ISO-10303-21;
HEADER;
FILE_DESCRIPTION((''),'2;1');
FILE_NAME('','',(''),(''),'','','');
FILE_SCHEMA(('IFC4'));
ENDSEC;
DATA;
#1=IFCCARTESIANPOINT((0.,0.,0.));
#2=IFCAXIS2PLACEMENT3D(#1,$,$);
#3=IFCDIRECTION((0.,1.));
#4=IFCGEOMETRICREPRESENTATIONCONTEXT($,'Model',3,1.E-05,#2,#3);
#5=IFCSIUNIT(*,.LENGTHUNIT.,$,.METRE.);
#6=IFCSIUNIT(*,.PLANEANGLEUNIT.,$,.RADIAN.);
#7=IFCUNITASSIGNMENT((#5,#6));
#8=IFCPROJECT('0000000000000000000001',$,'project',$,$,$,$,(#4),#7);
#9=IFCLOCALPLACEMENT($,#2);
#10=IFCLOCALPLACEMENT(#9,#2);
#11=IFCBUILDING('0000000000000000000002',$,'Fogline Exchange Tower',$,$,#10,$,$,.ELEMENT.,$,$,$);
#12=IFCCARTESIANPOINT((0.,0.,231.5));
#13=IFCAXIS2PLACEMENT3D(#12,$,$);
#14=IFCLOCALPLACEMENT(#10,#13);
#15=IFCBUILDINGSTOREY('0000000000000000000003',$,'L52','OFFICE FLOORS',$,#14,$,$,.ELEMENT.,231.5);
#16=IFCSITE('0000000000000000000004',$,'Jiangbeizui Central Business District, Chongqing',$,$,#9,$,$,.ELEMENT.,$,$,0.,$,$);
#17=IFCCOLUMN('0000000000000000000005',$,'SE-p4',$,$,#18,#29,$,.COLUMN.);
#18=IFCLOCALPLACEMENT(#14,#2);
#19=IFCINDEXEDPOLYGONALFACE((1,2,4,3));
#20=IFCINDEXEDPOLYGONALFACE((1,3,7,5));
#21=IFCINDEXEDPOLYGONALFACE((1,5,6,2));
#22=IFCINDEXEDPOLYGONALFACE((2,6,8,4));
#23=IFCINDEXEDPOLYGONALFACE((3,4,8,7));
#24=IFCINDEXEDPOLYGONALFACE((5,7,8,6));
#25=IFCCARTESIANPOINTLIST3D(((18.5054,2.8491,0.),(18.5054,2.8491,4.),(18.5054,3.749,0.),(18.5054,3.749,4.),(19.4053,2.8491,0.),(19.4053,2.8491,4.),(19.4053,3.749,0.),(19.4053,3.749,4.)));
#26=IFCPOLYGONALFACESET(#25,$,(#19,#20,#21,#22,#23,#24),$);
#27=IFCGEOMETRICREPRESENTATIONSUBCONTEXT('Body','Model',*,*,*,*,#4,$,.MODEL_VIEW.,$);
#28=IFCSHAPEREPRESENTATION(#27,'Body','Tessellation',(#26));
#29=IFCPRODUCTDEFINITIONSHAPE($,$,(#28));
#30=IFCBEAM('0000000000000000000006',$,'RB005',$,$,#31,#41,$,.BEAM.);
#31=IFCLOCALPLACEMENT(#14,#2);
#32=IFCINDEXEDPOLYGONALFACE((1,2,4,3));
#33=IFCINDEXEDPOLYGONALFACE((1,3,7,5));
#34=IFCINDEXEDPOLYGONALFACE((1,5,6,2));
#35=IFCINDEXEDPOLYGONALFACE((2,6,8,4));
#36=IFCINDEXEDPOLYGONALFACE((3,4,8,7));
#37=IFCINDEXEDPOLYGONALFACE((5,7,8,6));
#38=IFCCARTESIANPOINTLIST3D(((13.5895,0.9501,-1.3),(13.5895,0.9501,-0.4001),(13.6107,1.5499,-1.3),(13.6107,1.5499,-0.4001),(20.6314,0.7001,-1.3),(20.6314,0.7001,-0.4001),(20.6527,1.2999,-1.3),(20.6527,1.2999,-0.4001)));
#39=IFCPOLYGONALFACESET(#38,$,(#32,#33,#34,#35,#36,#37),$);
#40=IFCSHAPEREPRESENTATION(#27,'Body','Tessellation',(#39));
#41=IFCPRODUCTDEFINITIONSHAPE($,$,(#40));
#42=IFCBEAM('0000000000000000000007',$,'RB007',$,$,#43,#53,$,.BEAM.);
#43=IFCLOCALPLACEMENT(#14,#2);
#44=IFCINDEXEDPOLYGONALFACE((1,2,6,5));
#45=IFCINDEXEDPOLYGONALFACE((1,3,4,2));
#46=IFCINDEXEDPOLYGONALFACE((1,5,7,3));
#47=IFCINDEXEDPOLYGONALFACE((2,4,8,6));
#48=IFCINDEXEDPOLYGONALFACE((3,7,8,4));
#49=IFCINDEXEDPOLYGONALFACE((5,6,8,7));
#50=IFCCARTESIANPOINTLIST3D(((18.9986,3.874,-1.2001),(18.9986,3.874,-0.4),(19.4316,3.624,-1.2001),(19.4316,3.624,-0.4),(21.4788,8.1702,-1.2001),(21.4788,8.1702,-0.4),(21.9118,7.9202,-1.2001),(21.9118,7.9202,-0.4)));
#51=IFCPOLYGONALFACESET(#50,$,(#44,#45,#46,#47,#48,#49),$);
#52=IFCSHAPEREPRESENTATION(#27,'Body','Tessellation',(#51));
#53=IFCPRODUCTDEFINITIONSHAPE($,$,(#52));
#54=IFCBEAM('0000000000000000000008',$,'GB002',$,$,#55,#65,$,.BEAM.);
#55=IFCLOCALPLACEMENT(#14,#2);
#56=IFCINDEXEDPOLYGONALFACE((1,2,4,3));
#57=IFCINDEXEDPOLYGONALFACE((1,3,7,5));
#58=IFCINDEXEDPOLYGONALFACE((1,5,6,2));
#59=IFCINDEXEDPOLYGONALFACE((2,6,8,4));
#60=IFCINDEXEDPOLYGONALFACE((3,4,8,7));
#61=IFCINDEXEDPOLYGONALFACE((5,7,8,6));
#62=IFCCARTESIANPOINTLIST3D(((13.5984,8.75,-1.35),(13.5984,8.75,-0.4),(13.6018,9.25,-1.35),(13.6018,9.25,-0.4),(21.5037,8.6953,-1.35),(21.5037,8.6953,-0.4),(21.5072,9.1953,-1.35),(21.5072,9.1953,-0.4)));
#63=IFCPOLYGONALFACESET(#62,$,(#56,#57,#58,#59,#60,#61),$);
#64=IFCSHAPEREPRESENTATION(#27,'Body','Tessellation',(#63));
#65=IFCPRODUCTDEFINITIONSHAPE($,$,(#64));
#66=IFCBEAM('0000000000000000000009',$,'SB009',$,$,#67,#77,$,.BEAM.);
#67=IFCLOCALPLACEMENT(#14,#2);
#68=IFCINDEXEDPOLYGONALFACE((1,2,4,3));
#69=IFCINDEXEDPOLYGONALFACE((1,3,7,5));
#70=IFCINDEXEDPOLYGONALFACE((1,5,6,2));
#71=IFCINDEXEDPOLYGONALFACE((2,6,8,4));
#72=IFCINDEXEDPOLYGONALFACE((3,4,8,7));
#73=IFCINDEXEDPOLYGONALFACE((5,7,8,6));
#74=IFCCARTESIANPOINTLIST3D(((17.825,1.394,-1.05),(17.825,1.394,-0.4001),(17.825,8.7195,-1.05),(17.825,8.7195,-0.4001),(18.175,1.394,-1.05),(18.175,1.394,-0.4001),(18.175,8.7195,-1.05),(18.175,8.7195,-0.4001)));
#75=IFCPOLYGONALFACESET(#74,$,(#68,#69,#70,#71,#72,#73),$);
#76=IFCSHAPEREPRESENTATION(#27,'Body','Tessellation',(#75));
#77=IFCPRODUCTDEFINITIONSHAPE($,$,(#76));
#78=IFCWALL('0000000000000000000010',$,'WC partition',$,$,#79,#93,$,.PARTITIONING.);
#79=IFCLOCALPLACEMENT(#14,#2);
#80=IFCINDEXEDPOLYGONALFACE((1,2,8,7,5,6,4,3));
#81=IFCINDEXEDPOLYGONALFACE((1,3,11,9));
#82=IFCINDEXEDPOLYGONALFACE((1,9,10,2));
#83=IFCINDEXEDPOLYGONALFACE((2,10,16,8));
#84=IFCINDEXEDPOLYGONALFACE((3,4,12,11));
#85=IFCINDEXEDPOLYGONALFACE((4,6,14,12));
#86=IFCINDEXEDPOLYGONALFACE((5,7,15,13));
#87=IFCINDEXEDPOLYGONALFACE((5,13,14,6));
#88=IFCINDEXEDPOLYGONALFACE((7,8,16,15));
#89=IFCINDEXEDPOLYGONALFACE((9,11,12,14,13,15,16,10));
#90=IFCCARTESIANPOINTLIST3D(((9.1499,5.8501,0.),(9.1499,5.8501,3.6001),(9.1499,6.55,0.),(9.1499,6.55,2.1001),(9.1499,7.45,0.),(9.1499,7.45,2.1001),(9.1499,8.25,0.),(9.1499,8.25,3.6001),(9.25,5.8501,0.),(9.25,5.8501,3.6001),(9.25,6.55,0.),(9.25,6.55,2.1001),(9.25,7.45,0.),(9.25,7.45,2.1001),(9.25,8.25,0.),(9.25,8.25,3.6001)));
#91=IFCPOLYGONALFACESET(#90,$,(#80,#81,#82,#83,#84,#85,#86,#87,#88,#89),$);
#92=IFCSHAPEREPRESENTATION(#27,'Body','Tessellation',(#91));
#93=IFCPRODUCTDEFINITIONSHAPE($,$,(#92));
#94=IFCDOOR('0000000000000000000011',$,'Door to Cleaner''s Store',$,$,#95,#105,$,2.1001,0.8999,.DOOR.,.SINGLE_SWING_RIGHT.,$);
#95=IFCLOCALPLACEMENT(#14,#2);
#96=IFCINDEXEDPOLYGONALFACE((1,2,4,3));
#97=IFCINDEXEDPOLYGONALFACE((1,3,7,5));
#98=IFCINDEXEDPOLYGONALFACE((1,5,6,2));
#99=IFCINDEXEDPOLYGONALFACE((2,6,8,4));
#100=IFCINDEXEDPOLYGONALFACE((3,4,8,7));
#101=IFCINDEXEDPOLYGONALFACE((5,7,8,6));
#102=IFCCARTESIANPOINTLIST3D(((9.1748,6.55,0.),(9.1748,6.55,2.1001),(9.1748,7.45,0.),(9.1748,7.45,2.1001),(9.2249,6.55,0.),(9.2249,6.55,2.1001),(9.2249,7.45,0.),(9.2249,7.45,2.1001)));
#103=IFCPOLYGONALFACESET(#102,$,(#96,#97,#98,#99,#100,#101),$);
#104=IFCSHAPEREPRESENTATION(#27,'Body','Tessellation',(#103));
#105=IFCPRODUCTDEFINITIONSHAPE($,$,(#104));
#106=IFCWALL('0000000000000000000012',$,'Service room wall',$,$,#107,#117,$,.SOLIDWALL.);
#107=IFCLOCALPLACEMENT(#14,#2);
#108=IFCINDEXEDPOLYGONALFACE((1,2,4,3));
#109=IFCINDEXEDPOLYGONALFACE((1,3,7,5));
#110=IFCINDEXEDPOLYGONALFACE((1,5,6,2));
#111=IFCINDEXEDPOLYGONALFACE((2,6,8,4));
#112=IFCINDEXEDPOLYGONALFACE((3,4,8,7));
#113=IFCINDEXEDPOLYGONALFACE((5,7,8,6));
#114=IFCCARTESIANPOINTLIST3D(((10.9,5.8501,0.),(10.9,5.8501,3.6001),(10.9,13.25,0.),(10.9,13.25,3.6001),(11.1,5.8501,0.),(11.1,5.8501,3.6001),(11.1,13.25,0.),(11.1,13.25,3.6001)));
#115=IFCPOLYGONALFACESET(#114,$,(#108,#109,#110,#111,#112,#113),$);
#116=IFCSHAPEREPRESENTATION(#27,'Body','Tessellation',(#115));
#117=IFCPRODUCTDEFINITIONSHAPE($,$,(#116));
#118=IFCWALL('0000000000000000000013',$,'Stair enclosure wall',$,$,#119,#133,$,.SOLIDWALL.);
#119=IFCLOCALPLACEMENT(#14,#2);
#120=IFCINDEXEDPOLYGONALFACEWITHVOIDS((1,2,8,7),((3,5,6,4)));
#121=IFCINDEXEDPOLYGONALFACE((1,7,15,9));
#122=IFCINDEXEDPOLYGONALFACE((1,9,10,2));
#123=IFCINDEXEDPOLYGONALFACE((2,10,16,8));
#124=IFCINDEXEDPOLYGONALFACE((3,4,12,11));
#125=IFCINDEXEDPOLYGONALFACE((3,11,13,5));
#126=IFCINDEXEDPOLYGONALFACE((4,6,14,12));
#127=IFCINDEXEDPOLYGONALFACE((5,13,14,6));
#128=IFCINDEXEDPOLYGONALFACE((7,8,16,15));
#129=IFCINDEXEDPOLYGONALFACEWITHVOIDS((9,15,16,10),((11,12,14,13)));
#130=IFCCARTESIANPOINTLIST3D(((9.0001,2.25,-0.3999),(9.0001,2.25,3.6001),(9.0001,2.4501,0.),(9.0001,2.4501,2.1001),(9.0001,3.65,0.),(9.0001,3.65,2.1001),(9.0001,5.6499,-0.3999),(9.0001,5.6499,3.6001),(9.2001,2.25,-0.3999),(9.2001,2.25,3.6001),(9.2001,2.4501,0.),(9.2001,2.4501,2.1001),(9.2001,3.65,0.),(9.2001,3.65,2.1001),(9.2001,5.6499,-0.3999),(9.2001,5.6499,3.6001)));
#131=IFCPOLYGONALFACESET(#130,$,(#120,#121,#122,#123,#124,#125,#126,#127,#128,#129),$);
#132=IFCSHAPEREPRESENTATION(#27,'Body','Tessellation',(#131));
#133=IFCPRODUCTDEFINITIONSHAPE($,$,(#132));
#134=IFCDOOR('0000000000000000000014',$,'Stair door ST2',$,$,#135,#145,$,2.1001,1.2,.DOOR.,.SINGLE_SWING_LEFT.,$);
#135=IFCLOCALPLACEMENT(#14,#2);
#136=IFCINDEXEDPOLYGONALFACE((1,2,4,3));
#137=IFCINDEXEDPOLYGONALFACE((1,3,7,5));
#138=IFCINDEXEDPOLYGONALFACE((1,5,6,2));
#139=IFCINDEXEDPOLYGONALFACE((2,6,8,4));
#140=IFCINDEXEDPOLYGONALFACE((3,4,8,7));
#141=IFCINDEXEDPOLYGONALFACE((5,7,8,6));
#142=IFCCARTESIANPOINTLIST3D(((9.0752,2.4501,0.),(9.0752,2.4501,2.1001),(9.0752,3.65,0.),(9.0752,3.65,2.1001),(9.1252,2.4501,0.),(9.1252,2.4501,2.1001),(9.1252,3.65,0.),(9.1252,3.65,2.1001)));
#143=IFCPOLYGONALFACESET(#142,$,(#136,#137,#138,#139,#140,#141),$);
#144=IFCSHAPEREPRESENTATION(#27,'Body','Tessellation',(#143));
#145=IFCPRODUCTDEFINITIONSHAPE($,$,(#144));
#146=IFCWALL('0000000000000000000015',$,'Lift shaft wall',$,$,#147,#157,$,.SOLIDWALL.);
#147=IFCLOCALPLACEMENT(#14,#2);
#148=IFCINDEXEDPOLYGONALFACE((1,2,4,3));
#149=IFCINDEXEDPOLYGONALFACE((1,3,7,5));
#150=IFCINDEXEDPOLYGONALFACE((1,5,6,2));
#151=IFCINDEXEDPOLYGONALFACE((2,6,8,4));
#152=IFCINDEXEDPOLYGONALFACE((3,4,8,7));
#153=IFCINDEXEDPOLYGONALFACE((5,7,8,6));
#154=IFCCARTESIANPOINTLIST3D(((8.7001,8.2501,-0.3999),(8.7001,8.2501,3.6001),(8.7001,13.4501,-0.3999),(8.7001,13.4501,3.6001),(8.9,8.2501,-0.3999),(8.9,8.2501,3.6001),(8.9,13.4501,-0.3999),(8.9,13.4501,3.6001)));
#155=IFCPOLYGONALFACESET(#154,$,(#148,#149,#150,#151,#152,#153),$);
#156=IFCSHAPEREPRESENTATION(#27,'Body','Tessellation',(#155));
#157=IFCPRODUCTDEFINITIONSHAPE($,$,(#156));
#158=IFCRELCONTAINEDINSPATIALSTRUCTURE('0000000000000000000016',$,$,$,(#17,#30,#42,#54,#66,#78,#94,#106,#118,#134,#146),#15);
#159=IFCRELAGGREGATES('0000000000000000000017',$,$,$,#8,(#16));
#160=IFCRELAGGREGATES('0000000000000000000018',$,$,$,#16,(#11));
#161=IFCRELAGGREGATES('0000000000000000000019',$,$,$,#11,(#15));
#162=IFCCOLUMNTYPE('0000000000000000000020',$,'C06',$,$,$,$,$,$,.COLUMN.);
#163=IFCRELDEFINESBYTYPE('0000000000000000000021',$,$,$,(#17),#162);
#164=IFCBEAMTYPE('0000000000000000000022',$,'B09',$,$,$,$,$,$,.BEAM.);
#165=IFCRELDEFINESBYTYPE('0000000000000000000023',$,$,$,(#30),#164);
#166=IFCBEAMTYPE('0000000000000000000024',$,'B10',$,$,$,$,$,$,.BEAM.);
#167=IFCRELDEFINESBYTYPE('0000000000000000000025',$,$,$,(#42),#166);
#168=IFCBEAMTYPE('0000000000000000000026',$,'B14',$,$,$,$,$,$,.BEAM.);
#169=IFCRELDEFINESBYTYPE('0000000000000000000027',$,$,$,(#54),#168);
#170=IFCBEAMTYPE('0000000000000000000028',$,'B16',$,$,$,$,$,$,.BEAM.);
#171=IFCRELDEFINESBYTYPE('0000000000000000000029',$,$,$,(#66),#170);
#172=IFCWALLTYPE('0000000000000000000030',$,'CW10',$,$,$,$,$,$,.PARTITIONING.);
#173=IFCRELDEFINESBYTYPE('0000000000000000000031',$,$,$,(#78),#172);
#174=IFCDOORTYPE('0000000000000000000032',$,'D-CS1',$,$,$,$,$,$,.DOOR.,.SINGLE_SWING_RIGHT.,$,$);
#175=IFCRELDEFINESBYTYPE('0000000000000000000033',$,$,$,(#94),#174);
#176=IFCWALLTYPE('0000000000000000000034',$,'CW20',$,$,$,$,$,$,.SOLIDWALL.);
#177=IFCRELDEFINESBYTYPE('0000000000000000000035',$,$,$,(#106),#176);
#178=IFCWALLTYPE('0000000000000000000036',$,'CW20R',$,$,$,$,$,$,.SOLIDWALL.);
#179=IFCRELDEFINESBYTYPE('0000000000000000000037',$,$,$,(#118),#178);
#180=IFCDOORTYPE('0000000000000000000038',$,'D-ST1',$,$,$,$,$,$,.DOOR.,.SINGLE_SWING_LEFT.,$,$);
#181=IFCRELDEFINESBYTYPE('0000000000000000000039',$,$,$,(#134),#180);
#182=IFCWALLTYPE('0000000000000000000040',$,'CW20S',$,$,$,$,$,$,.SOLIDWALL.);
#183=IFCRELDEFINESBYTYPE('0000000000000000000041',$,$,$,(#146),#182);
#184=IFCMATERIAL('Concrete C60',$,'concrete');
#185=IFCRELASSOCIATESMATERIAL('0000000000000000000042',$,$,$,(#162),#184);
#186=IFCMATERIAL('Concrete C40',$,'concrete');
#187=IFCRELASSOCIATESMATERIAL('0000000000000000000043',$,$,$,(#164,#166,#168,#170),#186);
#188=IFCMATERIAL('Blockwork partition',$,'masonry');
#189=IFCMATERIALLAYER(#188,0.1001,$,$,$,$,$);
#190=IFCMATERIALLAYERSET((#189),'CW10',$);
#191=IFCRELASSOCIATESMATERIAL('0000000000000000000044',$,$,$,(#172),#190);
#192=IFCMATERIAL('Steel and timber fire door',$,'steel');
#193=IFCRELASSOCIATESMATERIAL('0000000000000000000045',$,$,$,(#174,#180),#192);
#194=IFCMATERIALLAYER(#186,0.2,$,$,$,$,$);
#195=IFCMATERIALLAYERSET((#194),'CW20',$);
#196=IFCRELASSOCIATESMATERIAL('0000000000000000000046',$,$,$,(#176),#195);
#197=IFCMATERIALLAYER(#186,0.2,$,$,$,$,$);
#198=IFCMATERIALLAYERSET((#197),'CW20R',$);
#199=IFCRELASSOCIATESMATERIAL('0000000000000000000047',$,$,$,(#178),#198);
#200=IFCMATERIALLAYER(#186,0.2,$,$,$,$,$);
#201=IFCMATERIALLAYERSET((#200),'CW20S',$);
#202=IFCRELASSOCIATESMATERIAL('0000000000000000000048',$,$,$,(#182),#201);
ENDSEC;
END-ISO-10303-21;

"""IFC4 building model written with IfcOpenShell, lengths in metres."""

from ifc_helpers import new_model, si_unit, direction, frame, frame_2d, origin, origin_2d, place, context, subcontext, project, spatial, rectangle, extrude, material, layer, layer_set, material_profile, profile_set, type_object, element, fill, save


model = new_model("IFC4")

# Units and contexts
model_context = context("Model", 3, precision=1e-05, world=origin(), true_north=direction((0.0, 1.0)))
body_context = subcontext(model_context, "Body", "Model", "MODEL_VIEW")
ifc_project = project(units=[si_unit("LENGTHUNIT", "METRE"), si_unit("PLANEANGLEUNIT", "RADIAN")], contexts=[model_context])

# Site, building, storey
site_placement = place(None, origin())
site = spatial("IfcSite", under=ifc_project, at=site_placement, Name="Jiangbeizui Central Business District, Chongqing", CompositionType="ELEMENT", RefElevation=0.0)
building_placement = place(site_placement, origin())
building = spatial("IfcBuilding", under=site, at=building_placement, Name="Fogline Exchange Tower", CompositionType="ELEMENT")
storey_placement = place(building_placement, frame((0.0, 0.0, 231.5)))
storey = spatial("IfcBuildingStorey", under=building, at=storey_placement, Name="L52", Description="OFFICE FLOORS", CompositionType="ELEMENT", Elevation=231.5)

# Column
ifc_material_1 = material(Name="Concrete C60", Category="concrete")
ifc_material_profile_1 = material_profile(ifc_material_1, rectangle(XDim=0.8999, YDim=0.8999, at=origin_2d()), Name="RC 900x900")
ifc_profile_set_1 = profile_set([ifc_material_profile_1], Name="Concrete C60")
column_type = type_object("IfcColumnType", Name="C06", PredefinedType="COLUMN", material=ifc_profile_set_1)
column_placement = place(storey_placement, frame((18.9553, 3.2991, 0.0), z_axis=(0.0, 0.0, 1.0), x_axis=(1.0, 0.0, 0.0)))
element("IfcColumn", 1, at=column_placement, inside=storey, type_object=column_type, Name="SE-p4", PredefinedType="COLUMN", context=body_context, shape_type="SweptSolid", body=[
    extrude(rectangle(XDim=0.8999, YDim=0.8999, at=origin_2d()), origin(), (0.0, 0.0, 1.0), 4.0),
])

# Beams
ifc_material_2 = material(Name="Concrete C40", Category="concrete")
ifc_material_profile_2 = material_profile(ifc_material_2, rectangle(XDim=0.6001, YDim=0.8999, at=origin_2d()), Name="RC 600x900")
ifc_profile_set_2 = profile_set([ifc_material_profile_2], Name="Concrete C40")
beam_type_1 = type_object("IfcBeamType", Name="B09", PredefinedType="BEAM", material=ifc_profile_set_2)
beam_1_placement = place(storey_placement, frame((13.6001, 1.25, -0.8501), z_axis=(0.99937, -0.035479, 0.0), x_axis=(0.035479, 0.99937, 0.0)))
element("IfcBeam", 2, at=beam_1_placement, inside=storey, type_object=beam_type_1, Name="RB005", PredefinedType="BEAM", context=body_context, shape_type="SweptSolid", body=[
    extrude(rectangle(XDim=0.6001, YDim=0.8999, at=origin_2d()), origin(), (0.0, 0.0, 1.0), 7.0464),
])
ifc_material_profile_3 = material_profile(ifc_material_2, rectangle(XDim=0.5, YDim=0.8, at=origin_2d()), Name="RC 500x800")
ifc_profile_set_3 = profile_set([ifc_material_profile_3], Name="Concrete C40")
beam_type_2 = type_object("IfcBeamType", Name="B10", PredefinedType="BEAM", material=ifc_profile_set_3)
beam_2_placement = place(storey_placement, frame((19.2151, 3.749, -0.8), z_axis=(0.499977, 0.866039, 0.0), x_axis=(-0.866039, 0.499977, 0.0)))
element("IfcBeam", 3, at=beam_2_placement, inside=storey, type_object=beam_type_2, Name="RB007", PredefinedType="BEAM", context=body_context, shape_type="SweptSolid", body=[
    extrude(rectangle(XDim=0.5, YDim=0.8, at=origin_2d()), origin(), (0.0, 0.0, 1.0), 4.9607),
])
ifc_material_profile_4 = material_profile(ifc_material_2, rectangle(XDim=0.5, YDim=0.95, at=origin_2d()), Name="RC 500x950")
ifc_profile_set_4 = profile_set([ifc_material_profile_4], Name="Concrete C40")
beam_type_3 = type_object("IfcBeamType", Name="B14", PredefinedType="BEAM", material=ifc_profile_set_4)
beam_3_placement = place(storey_placement, frame((13.6001, 9.0, -0.875), z_axis=(0.999976, -0.006918, 0.0), x_axis=(0.006918, 0.999976, 0.0)))
element("IfcBeam", 4, at=beam_3_placement, inside=storey, type_object=beam_type_3, Name="GB002", PredefinedType="BEAM", context=body_context, shape_type="SweptSolid", body=[
    extrude(rectangle(XDim=0.5, YDim=0.95, at=origin_2d()), origin(), (0.0, 0.0, 1.0), 7.9055),
])
ifc_material_profile_5 = material_profile(ifc_material_2, rectangle(XDim=0.3501, YDim=0.6499, at=origin_2d()), Name="RC 350x650")
ifc_profile_set_5 = profile_set([ifc_material_profile_5], Name="Concrete C40")
beam_type_4 = type_object("IfcBeamType", Name="B16", PredefinedType="BEAM", material=ifc_profile_set_5)
beam_4_placement = place(storey_placement, frame((18.0, 1.394, -0.7251), z_axis=(0.0, 1.0, 0.0), x_axis=(-1.0, 0.0, 0.0)))
element("IfcBeam", 5, at=beam_4_placement, inside=storey, type_object=beam_type_4, Name="SB009", PredefinedType="BEAM", context=body_context, shape_type="SweptSolid", body=[
    extrude(rectangle(XDim=0.3501, YDim=0.6499, at=origin_2d()), origin(), (0.0, 0.0, 1.0), 7.3254),
])

# Wall, opening, door
ifc_material_3 = material(Name="Blockwork partition", Category="masonry")
ifc_layer_1 = layer(ifc_material_3, 0.1001)
ifc_layer_set_1 = layer_set([ifc_layer_1], Name="CW10")
wall_type_1 = type_object("IfcWallType", Name="CW10", PredefinedType="PARTITIONING", material=ifc_layer_set_1)
wall_1_placement = place(storey_placement, frame((9.2, 5.8501, 0.0), z_axis=(0.0, 0.0, 1.0), x_axis=(0.0, 1.0, 0.0)))
wall_1 = element("IfcWall", 6, at=wall_1_placement, inside=storey, type_object=wall_type_1, Name="WC partition", PredefinedType="PARTITIONING", context=body_context, shape_type="SweptSolid", body=[
    extrude(rectangle(XDim=2.3999, YDim=0.1001, at=frame_2d((1.2, 0.0))), origin(), (0.0, 0.0, 1.0), 3.6001),
])
opening_1_placement = place(wall_1_placement, frame((0.7, 0.0, 0.0)))
opening_1 = element("IfcOpeningElement", 7, at=opening_1_placement, cuts=wall_1, PredefinedType="OPENING", context=body_context, shape_type="SweptSolid", body=[
    extrude(rectangle(XDim=0.8999, YDim=2.1001, at=frame_2d((0.45, 1.05))), frame((0.0, 0.0601, 0.0), z_axis=(0.0, -1.0, 0.0), x_axis=(1.0, 0.0, 0.0)), (0.0, 0.0, 1.0), 0.1201),
])
ifc_material_4 = material(Name="Steel and timber fire door", Category="steel")
door_type_1 = type_object("IfcDoorType", Name="D-CS1", OperationType="SINGLE_SWING_RIGHT", PredefinedType="DOOR", material=ifc_material_4)
door_1_placement = place(opening_1_placement, frame((0.8999, 0.0, 0.0), z_axis=(0.0, 0.0, 1.0), x_axis=(-1.0, 0.0, 0.0)))
door_1 = element("IfcDoor", 8, at=door_1_placement, inside=storey, type_object=door_type_1, Name="Door to Cleaner's Store", OperationType="SINGLE_SWING_RIGHT", OverallHeight=2.1001, OverallWidth=0.8999, PredefinedType="DOOR", context=body_context, shape_type="SweptSolid", body=[
    extrude(rectangle(XDim=0.8999, YDim=2.1001, at=frame_2d((0.45, 1.05))), frame((0.0, 0.0249, 0.0), z_axis=(0.0, -1.0, 0.0), x_axis=(1.0, 0.0, 0.0)), (0.0, 0.0, 1.0), 0.05),
])
fill(opening_1, door_1)

# Wall
ifc_layer_2 = layer(ifc_material_2, 0.2)
ifc_layer_set_2 = layer_set([ifc_layer_2], Name="CW20")
wall_type_2 = type_object("IfcWallType", Name="CW20", PredefinedType="SOLIDWALL", material=ifc_layer_set_2)
wall_2_placement = place(storey_placement, frame((11.0, 5.8501, 0.0), z_axis=(0.0, 0.0, 1.0), x_axis=(0.0, 1.0, 0.0)))
element("IfcWall", 9, at=wall_2_placement, inside=storey, type_object=wall_type_2, Name="Service room wall", PredefinedType="SOLIDWALL", context=body_context, shape_type="SweptSolid", body=[
    extrude(rectangle(XDim=7.3999, YDim=0.2, at=frame_2d((3.7, 0.0))), origin(), (0.0, 0.0, 1.0), 3.6001),
])

# Wall, opening, door
ifc_layer_3 = layer(ifc_material_2, 0.2)
ifc_layer_set_3 = layer_set([ifc_layer_3], Name="CW20R")
wall_type_3 = type_object("IfcWallType", Name="CW20R", PredefinedType="SOLIDWALL", material=ifc_layer_set_3)
wall_3_placement = place(storey_placement, frame((9.1001, 2.25, -0.3999), z_axis=(0.0, 0.0, 1.0), x_axis=(0.0, 1.0, 0.0)))
wall_3 = element("IfcWall", 10, at=wall_3_placement, inside=storey, type_object=wall_type_3, Name="Stair enclosure wall", PredefinedType="SOLIDWALL", context=body_context, shape_type="SweptSolid", body=[
    extrude(rectangle(XDim=3.3999, YDim=0.2, at=frame_2d((1.7, 0.0))), origin(), (0.0, 0.0, 1.0), 4.0),
])
opening_2_placement = place(wall_3_placement, frame((0.2, 0.0, 0.3999)))
opening_2 = element("IfcOpeningElement", 11, at=opening_2_placement, cuts=wall_3, PredefinedType="OPENING", context=body_context, shape_type="SweptSolid", body=[
    extrude(rectangle(XDim=1.2, YDim=2.1001, at=frame_2d((0.6001, 1.05))), frame((0.0, 0.1099, 0.0), z_axis=(0.0, -1.0, 0.0), x_axis=(1.0, 0.0, 0.0)), (0.0, 0.0, 1.0), 0.22),
])
door_type_2 = type_object("IfcDoorType", Name="D-ST1", OperationType="SINGLE_SWING_LEFT", PredefinedType="DOOR", material=ifc_material_4)
door_2_placement = place(opening_2_placement, origin())
door_2 = element("IfcDoor", 12, at=door_2_placement, inside=storey, type_object=door_type_2, Name="Stair door ST2", OperationType="SINGLE_SWING_LEFT", OverallHeight=2.1001, OverallWidth=1.2, PredefinedType="DOOR", context=body_context, shape_type="SweptSolid", body=[
    extrude(rectangle(XDim=1.2, YDim=2.1001, at=frame_2d((0.6001, 1.05))), frame((0.0, 0.0249, 0.0), z_axis=(0.0, -1.0, 0.0), x_axis=(1.0, 0.0, 0.0)), (0.0, 0.0, 1.0), 0.05),
])
fill(opening_2, door_2)

# Wall
ifc_layer_4 = layer(ifc_material_2, 0.2)
ifc_layer_set_4 = layer_set([ifc_layer_4], Name="CW20S")
wall_type_4 = type_object("IfcWallType", Name="CW20S", PredefinedType="SOLIDWALL", material=ifc_layer_set_4)
wall_4_placement = place(storey_placement, frame((8.8, 8.25, -0.3999), z_axis=(0.0, 0.0, 1.0), x_axis=(0.0, 1.0, 0.0)))
element("IfcWall", 13, at=wall_4_placement, inside=storey, type_object=wall_type_4, Name="Lift shaft wall", PredefinedType="SOLIDWALL", context=body_context, shape_type="SweptSolid", body=[
    extrude(rectangle(XDim=5.2, YDim=0.2, at=frame_2d((2.6001, 0.0))), origin(), (0.0, 0.0, 1.0), 4.0),
])

save(model, "model.ifc")
